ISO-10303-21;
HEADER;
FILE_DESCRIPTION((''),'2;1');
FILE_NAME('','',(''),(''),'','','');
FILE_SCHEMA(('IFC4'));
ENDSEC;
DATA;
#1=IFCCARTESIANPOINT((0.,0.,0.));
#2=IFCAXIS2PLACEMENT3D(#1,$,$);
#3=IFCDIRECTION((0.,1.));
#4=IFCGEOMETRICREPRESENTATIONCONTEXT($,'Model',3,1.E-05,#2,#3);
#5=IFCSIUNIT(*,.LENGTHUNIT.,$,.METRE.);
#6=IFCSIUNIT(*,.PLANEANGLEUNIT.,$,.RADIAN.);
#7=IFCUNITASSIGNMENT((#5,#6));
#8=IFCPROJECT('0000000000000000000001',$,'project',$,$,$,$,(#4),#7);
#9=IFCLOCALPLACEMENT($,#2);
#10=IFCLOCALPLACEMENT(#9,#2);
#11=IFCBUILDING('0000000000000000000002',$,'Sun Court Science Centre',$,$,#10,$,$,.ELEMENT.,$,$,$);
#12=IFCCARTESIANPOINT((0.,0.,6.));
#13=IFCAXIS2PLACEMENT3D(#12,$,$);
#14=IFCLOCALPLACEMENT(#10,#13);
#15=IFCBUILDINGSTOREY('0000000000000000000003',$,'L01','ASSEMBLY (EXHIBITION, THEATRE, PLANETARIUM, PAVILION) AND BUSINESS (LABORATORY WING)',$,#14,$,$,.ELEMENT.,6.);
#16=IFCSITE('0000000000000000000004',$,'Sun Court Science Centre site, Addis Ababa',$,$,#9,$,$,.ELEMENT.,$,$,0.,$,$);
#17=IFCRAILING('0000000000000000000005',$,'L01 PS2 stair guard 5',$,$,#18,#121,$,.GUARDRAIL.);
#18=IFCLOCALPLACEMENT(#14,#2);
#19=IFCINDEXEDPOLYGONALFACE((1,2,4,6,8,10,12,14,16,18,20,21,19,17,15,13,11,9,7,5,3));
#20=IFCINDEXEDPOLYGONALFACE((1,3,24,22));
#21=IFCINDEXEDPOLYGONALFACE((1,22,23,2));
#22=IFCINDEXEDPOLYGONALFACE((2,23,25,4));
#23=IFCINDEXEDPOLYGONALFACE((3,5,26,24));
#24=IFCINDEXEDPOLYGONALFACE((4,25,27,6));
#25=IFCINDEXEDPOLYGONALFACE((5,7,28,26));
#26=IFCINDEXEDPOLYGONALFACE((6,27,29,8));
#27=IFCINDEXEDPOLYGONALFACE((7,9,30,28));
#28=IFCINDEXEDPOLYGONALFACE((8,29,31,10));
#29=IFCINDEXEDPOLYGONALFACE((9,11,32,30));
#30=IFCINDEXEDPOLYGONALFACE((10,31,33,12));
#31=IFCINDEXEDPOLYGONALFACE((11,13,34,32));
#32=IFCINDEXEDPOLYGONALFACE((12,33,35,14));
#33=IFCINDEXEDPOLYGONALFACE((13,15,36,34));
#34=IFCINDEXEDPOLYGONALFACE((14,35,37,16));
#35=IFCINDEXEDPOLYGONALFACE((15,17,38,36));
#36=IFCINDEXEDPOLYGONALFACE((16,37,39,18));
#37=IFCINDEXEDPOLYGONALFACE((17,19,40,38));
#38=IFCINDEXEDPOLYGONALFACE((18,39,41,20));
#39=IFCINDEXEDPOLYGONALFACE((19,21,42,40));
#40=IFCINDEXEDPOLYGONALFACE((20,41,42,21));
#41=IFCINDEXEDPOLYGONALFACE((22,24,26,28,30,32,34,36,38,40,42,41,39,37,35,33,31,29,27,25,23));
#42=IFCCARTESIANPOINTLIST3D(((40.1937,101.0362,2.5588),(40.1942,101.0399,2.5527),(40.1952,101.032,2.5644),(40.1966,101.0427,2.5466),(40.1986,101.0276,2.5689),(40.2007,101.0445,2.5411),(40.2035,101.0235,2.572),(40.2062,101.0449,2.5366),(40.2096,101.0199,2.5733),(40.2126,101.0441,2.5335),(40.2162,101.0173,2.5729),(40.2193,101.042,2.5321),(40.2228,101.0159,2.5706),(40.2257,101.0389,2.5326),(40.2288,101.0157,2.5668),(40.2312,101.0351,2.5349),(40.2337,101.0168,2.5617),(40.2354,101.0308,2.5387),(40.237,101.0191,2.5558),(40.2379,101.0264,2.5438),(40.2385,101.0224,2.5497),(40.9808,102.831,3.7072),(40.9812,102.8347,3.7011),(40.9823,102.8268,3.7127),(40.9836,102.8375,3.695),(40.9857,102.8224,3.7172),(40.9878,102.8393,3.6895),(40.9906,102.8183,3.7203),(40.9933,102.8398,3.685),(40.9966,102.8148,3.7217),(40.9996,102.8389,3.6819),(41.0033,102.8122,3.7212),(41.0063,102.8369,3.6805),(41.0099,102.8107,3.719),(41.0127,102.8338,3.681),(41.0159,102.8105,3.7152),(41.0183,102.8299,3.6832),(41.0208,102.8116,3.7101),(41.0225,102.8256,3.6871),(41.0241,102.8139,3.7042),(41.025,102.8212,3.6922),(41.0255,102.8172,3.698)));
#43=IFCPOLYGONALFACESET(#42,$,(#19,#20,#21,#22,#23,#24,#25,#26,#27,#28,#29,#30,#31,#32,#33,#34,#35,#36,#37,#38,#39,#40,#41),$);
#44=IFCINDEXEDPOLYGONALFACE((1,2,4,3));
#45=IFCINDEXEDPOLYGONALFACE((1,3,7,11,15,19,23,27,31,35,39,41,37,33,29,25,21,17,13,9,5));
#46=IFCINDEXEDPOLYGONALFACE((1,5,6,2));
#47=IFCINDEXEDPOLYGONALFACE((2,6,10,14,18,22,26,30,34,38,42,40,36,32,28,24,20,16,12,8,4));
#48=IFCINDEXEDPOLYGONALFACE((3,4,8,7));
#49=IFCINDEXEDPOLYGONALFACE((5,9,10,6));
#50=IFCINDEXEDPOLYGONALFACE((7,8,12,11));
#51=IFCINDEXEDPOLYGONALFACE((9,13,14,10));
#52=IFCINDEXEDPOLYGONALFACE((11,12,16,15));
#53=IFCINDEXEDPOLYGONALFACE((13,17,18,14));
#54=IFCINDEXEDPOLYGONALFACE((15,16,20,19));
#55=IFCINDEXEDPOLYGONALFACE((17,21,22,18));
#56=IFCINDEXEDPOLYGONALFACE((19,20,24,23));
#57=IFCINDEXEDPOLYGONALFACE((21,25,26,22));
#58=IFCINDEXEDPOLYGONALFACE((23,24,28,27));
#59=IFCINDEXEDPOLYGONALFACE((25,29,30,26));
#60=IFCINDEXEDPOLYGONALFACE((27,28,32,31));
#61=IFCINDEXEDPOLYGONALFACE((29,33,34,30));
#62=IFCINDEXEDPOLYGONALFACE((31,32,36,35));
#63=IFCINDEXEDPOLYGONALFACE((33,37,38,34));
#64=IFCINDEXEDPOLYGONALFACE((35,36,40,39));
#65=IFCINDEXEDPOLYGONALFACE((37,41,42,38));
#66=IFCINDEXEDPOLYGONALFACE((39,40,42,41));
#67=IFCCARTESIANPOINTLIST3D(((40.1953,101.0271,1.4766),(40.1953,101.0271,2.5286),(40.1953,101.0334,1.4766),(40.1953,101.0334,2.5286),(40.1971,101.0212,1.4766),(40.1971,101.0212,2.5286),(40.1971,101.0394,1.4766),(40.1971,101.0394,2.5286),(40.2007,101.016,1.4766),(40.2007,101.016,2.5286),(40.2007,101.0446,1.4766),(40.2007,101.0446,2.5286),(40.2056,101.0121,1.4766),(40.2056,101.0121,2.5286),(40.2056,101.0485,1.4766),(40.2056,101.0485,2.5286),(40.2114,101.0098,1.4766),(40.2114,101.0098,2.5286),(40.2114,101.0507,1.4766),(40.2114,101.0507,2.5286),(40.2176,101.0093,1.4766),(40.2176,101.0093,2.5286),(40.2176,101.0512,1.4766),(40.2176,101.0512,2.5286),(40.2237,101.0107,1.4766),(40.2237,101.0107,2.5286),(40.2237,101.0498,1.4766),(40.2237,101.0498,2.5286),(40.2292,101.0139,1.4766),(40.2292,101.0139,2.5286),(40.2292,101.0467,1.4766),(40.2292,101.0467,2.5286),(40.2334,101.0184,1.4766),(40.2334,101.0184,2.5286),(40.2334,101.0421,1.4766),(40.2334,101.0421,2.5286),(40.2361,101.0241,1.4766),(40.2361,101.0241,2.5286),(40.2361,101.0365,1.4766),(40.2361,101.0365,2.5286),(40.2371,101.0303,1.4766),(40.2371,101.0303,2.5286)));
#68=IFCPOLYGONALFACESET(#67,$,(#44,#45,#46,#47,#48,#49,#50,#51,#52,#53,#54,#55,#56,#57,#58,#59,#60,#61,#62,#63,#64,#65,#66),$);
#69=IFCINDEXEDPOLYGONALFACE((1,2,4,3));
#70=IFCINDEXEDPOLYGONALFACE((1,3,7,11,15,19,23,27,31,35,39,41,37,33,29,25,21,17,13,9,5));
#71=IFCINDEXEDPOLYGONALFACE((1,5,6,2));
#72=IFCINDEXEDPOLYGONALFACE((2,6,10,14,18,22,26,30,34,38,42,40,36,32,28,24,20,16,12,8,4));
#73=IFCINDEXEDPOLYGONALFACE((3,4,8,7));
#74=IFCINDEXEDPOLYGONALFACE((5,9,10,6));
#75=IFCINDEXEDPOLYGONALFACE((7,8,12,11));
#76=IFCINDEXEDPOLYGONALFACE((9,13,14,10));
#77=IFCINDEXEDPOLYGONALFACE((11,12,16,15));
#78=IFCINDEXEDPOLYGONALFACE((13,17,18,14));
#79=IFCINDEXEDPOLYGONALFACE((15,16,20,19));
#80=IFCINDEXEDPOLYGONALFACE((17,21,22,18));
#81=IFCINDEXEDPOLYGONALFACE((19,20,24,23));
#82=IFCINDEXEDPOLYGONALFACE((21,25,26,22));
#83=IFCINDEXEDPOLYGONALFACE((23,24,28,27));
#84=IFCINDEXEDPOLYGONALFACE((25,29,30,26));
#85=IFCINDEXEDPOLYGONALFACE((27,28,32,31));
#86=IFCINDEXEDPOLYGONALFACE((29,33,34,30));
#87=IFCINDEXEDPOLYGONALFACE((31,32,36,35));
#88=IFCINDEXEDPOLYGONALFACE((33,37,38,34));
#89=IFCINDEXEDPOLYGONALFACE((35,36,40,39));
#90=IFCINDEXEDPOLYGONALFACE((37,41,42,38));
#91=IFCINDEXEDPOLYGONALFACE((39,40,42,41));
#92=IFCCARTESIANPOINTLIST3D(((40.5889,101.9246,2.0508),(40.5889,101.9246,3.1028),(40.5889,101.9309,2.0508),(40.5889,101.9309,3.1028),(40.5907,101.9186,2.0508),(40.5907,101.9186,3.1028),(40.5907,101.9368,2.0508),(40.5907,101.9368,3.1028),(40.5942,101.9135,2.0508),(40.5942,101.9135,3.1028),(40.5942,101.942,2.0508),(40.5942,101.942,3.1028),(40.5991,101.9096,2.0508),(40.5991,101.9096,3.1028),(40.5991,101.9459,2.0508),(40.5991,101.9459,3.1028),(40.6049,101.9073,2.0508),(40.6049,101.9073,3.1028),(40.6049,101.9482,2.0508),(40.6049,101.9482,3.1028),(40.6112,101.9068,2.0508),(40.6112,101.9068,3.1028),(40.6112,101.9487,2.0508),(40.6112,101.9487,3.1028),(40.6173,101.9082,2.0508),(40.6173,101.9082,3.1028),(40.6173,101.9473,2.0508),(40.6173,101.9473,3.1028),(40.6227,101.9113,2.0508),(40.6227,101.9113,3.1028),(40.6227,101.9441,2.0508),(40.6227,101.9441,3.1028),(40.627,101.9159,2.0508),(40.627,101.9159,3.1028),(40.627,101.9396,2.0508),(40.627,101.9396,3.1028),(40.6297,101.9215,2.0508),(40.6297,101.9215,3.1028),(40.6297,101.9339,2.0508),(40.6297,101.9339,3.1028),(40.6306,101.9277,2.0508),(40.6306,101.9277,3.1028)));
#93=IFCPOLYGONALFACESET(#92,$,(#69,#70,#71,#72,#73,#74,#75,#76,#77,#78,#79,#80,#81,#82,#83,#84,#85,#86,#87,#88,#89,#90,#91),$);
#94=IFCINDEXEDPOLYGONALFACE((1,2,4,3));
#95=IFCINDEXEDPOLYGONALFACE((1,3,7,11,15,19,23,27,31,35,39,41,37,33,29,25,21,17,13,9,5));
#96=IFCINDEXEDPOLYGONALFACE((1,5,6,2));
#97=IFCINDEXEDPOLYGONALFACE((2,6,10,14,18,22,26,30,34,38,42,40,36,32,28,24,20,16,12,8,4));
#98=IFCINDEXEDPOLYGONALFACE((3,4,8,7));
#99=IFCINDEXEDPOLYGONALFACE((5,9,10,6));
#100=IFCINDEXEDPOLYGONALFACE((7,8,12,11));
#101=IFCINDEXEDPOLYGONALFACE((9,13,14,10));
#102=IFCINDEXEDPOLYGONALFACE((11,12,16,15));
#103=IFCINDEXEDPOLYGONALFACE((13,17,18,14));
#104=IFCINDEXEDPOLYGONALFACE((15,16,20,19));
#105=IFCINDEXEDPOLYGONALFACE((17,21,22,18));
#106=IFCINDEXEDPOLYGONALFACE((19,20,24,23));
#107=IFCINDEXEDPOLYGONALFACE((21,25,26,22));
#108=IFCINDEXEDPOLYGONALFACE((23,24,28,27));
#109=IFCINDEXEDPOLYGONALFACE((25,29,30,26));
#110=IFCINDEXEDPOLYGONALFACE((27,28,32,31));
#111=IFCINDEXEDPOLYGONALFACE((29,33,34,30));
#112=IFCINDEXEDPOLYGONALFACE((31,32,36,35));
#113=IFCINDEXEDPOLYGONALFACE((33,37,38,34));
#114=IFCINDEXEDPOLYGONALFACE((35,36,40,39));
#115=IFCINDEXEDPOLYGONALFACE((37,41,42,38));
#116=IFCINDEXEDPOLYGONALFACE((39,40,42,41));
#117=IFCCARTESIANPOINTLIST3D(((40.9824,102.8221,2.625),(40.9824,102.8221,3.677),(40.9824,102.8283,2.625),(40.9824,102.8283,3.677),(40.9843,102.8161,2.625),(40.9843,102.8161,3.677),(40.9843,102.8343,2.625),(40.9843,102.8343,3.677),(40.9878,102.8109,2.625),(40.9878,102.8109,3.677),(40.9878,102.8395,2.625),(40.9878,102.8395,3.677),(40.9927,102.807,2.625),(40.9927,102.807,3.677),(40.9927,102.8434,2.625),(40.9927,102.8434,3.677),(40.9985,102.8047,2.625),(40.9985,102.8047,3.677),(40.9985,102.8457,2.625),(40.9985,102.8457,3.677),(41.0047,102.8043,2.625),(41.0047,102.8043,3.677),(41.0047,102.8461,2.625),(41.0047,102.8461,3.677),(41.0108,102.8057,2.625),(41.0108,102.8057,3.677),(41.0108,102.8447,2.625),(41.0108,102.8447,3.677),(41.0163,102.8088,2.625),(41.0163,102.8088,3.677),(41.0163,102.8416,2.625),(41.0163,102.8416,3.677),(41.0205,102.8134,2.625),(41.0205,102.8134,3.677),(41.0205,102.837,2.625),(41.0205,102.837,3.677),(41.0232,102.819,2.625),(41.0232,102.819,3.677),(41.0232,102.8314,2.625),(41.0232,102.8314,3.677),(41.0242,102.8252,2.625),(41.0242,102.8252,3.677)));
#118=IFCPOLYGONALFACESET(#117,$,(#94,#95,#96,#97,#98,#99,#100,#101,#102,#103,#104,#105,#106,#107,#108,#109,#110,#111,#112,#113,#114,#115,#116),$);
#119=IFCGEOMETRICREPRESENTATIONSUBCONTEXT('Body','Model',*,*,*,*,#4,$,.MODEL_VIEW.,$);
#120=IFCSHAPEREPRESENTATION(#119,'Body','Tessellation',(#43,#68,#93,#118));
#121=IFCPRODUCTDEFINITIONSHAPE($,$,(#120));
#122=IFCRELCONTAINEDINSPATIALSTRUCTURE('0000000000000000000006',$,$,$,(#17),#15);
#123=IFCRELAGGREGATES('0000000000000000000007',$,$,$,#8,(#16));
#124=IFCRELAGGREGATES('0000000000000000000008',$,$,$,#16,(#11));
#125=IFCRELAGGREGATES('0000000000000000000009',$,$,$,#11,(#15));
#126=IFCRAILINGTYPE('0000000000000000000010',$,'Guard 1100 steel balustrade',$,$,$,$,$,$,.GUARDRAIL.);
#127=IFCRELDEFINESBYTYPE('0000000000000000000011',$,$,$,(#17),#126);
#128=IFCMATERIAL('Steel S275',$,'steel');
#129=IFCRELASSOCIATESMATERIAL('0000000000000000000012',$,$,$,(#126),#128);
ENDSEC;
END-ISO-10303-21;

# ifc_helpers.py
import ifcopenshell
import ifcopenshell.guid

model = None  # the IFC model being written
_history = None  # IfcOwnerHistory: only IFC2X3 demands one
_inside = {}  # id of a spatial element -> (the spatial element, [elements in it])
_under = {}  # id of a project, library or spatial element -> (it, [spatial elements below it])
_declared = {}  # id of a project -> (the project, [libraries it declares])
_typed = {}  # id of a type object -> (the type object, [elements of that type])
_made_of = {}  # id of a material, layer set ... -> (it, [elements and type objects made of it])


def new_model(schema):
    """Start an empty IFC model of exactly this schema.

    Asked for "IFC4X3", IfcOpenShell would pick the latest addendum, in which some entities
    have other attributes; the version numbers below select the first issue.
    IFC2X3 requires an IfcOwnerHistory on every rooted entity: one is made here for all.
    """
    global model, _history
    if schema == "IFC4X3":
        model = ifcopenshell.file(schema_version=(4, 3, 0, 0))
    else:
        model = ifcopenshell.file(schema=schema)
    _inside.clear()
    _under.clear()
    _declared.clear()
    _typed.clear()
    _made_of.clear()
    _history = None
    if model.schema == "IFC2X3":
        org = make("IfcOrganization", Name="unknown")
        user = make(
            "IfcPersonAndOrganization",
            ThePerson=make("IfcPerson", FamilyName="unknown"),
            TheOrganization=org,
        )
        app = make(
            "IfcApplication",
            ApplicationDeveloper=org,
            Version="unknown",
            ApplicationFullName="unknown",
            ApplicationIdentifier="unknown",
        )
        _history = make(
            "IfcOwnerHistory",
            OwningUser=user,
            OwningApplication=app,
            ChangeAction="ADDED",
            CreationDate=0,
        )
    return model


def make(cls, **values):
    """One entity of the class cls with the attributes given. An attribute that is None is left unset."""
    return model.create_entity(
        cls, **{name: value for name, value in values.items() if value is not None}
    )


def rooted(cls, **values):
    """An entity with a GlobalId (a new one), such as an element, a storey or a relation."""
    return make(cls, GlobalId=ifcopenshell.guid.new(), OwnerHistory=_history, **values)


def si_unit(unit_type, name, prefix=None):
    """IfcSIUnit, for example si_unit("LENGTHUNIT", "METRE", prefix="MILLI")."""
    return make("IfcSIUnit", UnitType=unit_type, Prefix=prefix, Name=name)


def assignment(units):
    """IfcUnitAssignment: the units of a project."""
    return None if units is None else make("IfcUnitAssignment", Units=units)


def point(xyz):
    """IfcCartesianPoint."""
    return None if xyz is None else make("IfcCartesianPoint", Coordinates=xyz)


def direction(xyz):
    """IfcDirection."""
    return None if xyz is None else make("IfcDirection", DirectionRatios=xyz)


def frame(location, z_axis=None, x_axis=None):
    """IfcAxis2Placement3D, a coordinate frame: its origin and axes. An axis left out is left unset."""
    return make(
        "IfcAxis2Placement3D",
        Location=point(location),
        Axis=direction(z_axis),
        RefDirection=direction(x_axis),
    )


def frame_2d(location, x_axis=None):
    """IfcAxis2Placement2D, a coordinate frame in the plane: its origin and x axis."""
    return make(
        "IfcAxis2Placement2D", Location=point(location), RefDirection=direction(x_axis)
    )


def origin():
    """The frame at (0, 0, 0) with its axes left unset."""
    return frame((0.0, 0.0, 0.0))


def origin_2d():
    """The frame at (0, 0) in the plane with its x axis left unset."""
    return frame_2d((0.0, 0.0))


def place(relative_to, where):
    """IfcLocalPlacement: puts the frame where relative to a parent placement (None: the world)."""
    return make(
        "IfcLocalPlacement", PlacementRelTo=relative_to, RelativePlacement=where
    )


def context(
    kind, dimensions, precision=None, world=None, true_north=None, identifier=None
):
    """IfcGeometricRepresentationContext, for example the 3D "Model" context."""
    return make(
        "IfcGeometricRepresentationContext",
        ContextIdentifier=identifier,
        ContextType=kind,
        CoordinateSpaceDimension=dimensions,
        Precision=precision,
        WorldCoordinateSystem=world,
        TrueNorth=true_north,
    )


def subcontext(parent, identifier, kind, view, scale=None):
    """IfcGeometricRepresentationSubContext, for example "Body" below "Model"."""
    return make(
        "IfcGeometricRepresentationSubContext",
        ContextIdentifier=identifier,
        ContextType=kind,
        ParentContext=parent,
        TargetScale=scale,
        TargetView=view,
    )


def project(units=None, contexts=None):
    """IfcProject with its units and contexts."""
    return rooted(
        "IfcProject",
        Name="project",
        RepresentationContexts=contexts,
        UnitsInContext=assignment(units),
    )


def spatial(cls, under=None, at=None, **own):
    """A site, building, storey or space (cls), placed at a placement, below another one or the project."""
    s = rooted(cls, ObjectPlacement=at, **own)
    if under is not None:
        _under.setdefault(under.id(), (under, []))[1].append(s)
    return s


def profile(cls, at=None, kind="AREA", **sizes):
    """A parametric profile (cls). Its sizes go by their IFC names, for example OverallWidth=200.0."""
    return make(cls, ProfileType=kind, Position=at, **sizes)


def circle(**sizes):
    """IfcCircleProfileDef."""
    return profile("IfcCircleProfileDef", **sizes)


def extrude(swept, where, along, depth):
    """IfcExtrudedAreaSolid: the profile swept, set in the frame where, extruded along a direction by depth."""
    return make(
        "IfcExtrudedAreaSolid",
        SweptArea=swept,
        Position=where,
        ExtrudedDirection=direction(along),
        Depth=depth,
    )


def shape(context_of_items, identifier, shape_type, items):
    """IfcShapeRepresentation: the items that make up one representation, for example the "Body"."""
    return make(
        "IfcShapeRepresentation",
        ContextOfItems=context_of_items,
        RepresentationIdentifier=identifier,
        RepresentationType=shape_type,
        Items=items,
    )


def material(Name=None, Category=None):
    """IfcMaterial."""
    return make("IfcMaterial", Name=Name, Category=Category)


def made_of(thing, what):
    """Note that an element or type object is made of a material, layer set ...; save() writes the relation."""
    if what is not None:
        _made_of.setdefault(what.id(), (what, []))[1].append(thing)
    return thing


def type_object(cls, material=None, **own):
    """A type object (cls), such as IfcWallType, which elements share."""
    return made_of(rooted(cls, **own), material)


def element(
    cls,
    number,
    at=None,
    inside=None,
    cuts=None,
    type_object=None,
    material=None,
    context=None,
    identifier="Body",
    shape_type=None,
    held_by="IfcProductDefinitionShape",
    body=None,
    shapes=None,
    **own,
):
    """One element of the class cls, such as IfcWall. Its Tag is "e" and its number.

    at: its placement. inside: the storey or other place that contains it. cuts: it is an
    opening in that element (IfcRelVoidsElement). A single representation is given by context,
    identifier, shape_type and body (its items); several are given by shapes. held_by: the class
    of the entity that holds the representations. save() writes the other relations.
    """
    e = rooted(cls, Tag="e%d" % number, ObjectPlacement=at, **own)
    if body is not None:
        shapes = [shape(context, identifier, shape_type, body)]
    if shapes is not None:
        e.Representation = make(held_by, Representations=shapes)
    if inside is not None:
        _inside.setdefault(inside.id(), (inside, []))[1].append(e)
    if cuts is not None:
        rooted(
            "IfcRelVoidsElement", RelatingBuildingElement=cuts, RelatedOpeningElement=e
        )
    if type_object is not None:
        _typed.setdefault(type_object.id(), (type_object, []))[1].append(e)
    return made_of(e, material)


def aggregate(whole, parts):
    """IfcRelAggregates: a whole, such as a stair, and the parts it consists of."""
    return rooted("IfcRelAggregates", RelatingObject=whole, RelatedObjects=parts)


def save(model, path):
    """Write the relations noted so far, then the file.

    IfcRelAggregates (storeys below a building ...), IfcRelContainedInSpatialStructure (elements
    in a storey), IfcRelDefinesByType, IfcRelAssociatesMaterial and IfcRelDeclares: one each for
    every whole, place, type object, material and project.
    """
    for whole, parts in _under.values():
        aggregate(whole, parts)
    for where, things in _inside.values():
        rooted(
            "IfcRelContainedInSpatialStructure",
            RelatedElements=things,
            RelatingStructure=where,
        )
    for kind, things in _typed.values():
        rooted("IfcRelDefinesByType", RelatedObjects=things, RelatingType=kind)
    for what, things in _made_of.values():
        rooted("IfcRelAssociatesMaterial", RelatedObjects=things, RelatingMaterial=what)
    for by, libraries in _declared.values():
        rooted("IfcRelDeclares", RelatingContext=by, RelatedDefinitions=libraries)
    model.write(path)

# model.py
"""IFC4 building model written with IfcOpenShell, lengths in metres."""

from ifc_helpers import new_model, si_unit, direction, frame, origin, origin_2d, place, context, subcontext, project, spatial, circle, extrude, material, type_object, element, save


model = new_model("IFC4")

# Units and contexts
model_context = context("Model", 3, precision=1e-05, world=origin(), true_north=direction((0.0, 1.0)))
body_context = subcontext(model_context, "Body", "Model", "MODEL_VIEW")
ifc_project = project(units=[si_unit("LENGTHUNIT", "METRE"), si_unit("PLANEANGLEUNIT", "RADIAN")], contexts=[model_context])

# Site, building, storey
site_placement = place(None, origin())
site = spatial("IfcSite", under=ifc_project, at=site_placement, Name="Sun Court Science Centre site, Addis Ababa", CompositionType="ELEMENT", RefElevation=0.0)
building_placement = place(site_placement, origin())
building = spatial("IfcBuilding", under=site, at=building_placement, Name="Sun Court Science Centre", CompositionType="ELEMENT")
storey_placement = place(building_placement, frame((0.0, 0.0, 6.0)))
storey = spatial("IfcBuildingStorey", under=building, at=storey_placement, Name="L01", Description="ASSEMBLY (EXHIBITION, THEATRE, PLANETARIUM, PAVILION) AND BUSINESS (LABORATORY WING)", CompositionType="ELEMENT", Elevation=6.0)

# Railing
ifc_material_1 = material(Name="Steel S275", Category="steel")
railing_type_1 = type_object("IfcRailingType", Name="Guard 1100 steel balustrade", PredefinedType="GUARDRAIL", material=ifc_material_1)
railing_1_placement = place(storey_placement, frame((40.2161, 101.0303, 1.4766)))
element("IfcRailing", 1, at=railing_1_placement, inside=storey, type_object=railing_type_1, Name="L01 PS2 stair guard 5", PredefinedType="GUARDRAIL", context=body_context, shape_type="SweptSolid", body=[
    extrude(circle(Radius=0.0239, at=origin_2d()), frame((0.0, 0.0, 1.0762), z_axis=(0.346499, 0.790155, 0.505562), x_axis=(-0.915814, 0.401603, 0.0)), (0.0, 0.0, 1.0), 2.2715),
    extrude(circle(Radius=0.021, at=origin_2d()), origin(), (0.0, 0.0, 1.0), 1.052),
    extrude(circle(Radius=0.021, at=origin_2d()), frame((0.3936, 0.8975, 0.5742)), (0.0, 0.0, 1.0), 1.052),
    extrude(circle(Radius=0.021, at=origin_2d()), frame((0.7871, 1.7949, 1.1484)), (0.0, 0.0, 1.0), 1.052),
])

save(model, "model.ifc")
